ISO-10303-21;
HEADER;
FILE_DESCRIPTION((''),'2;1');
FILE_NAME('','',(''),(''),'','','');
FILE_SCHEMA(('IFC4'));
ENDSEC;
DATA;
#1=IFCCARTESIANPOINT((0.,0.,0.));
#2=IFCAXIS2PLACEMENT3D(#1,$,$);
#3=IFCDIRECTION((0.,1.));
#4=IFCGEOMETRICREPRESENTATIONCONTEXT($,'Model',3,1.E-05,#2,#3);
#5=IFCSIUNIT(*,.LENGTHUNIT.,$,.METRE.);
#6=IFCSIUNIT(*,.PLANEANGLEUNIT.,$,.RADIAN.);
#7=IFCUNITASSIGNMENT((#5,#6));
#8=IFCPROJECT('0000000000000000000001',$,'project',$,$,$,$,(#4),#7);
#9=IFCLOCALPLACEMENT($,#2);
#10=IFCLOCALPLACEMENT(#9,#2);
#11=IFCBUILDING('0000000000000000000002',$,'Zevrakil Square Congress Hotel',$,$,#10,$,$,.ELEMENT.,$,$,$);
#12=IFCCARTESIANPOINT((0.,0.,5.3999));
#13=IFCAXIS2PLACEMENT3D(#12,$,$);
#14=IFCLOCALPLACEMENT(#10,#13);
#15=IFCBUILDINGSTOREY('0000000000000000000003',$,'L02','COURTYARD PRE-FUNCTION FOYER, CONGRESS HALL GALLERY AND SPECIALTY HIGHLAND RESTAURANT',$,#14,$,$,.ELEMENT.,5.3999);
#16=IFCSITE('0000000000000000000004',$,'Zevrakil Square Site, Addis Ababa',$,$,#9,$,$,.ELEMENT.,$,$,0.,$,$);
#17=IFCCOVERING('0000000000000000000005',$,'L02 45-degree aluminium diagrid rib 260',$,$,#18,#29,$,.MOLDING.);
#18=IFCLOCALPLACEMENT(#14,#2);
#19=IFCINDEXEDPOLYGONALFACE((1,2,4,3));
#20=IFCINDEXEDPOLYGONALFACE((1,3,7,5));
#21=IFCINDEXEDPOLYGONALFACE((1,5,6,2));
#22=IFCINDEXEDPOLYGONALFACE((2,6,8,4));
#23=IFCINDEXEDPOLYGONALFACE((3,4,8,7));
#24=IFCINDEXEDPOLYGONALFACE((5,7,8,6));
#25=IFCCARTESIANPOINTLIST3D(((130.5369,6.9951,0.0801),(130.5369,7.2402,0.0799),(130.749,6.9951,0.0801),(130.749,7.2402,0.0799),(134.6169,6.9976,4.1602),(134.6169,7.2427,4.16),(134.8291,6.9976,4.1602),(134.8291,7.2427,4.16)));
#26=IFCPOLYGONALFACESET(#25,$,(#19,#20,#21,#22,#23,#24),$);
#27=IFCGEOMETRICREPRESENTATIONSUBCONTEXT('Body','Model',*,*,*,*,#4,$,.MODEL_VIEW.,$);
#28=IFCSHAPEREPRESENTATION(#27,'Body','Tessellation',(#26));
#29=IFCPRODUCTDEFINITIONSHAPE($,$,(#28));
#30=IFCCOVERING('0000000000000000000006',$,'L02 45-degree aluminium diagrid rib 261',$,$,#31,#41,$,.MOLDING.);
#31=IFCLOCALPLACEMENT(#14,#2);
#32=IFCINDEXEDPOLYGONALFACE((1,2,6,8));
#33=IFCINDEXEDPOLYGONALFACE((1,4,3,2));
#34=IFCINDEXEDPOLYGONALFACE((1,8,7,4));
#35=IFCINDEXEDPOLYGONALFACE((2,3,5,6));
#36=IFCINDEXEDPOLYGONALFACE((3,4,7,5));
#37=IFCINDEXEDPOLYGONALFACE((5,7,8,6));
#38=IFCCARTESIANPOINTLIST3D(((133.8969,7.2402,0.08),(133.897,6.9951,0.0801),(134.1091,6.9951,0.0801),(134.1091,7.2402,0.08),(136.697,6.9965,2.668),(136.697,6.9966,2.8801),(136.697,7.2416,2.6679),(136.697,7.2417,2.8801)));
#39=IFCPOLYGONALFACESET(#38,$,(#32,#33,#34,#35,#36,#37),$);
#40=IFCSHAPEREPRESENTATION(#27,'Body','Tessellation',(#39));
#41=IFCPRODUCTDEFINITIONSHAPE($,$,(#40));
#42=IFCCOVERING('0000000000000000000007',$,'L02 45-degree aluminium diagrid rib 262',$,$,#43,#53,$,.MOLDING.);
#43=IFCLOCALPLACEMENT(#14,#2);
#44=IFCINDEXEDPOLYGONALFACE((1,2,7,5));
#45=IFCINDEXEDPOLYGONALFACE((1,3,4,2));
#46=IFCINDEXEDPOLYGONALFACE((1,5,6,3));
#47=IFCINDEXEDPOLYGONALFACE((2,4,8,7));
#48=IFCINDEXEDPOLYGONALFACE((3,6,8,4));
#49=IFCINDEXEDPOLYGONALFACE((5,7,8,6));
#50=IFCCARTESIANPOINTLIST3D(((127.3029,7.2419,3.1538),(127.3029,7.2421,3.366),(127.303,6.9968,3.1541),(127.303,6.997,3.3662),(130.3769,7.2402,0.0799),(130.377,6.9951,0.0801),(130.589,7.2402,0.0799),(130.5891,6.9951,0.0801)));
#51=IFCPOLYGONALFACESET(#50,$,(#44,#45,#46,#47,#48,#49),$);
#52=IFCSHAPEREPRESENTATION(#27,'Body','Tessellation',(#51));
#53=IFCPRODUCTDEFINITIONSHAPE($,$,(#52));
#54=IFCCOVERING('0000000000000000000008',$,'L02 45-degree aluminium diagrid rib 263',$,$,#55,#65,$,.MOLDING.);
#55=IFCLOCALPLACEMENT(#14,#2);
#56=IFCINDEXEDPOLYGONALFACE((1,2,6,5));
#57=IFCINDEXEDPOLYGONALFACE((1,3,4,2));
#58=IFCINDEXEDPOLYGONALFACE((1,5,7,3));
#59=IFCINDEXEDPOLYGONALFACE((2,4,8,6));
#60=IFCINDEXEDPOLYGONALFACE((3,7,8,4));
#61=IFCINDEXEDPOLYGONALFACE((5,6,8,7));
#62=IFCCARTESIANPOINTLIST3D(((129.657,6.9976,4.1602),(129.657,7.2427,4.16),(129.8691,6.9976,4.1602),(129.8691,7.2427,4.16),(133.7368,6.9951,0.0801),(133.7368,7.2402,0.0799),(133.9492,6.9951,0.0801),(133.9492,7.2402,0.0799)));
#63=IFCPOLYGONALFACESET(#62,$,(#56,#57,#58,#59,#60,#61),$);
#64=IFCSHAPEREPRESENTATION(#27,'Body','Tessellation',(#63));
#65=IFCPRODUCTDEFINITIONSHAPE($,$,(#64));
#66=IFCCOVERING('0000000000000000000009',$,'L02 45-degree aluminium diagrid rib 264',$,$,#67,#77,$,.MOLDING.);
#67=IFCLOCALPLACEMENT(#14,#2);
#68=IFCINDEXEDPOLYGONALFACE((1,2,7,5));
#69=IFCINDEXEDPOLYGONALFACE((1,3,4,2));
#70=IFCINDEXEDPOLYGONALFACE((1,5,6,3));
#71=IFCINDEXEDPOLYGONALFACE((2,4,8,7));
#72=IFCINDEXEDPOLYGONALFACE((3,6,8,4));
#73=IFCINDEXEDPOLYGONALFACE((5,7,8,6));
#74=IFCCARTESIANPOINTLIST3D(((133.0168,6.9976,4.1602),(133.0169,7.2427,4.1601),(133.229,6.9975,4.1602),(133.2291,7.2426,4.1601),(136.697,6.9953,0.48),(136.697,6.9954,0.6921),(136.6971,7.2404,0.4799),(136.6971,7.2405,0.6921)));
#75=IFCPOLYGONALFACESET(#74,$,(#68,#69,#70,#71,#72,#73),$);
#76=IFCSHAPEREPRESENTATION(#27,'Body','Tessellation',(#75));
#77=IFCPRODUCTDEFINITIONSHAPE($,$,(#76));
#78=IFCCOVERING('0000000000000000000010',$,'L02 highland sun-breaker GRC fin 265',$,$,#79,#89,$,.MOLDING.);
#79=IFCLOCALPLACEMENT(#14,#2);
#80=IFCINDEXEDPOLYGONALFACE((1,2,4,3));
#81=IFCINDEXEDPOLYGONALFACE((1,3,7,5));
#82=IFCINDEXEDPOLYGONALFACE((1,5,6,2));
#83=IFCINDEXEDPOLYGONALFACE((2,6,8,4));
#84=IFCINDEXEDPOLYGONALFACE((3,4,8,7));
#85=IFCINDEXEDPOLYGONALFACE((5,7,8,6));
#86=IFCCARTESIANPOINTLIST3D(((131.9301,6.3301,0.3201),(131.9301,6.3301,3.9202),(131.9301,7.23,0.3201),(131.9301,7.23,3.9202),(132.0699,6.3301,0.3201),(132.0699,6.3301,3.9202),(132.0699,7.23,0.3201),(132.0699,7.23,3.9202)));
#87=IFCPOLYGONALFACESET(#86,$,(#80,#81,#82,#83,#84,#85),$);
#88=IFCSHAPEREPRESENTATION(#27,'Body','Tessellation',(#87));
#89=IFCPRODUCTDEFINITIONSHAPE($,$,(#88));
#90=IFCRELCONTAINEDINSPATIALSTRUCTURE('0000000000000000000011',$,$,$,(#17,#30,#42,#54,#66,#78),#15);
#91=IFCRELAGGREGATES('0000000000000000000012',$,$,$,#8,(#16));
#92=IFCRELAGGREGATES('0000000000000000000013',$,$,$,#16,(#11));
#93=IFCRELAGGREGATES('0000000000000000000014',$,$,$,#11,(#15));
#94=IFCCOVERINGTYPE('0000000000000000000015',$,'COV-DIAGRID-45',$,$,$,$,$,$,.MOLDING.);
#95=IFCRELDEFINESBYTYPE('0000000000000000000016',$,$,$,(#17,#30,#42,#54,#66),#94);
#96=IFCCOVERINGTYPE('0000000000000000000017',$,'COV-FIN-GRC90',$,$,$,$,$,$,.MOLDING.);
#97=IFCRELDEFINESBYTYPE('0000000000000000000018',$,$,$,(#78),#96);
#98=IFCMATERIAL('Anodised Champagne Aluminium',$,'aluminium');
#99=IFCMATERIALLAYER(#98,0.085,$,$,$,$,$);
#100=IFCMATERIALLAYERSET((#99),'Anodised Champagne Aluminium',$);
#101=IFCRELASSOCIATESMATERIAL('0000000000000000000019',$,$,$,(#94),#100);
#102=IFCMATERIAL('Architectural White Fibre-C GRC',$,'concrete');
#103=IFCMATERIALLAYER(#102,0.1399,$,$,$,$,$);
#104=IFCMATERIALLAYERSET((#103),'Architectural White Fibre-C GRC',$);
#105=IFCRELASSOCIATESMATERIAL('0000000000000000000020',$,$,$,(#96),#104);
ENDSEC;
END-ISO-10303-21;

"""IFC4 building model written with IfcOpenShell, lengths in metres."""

from ifc_helpers import new_model, si_unit, direction, frame, origin, origin_2d, place, context, subcontext, project, spatial, polyline, rectangle, outline, extrude, material, layer, layer_set, type_object, element, save


model = new_model("IFC4")

# Units and contexts
model_context = context("Model", 3, precision=1e-05, world=origin(), true_north=direction((0.0, 1.0)))
body_context = subcontext(model_context, "Body", "Model", "MODEL_VIEW")
ifc_project = project(units=[si_unit("LENGTHUNIT", "METRE"), si_unit("PLANEANGLEUNIT", "RADIAN")], contexts=[model_context])

# Site, building, storey
site_placement = place(None, origin())
site = spatial("IfcSite", under=ifc_project, at=site_placement, Name="Zevrakil Square Site, Addis Ababa", CompositionType="ELEMENT", RefElevation=0.0)
building_placement = place(site_placement, origin())
building = spatial("IfcBuilding", under=site, at=building_placement, Name="Zevrakil Square Congress Hotel", CompositionType="ELEMENT")
storey_placement = place(building_placement, frame((0.0, 0.0, 5.3999)))
storey = spatial("IfcBuildingStorey", under=building, at=storey_placement, Name="L02", Description="COURTYARD PRE-FUNCTION FOYER, CONGRESS HALL GALLERY AND SPECIALTY HIGHLAND RESTAURANT", CompositionType="ELEMENT", Elevation=5.3999)

# Coverings
ifc_material_1 = material(Name="Anodised Champagne Aluminium", Category="aluminium")
ifc_layer_1 = layer(ifc_material_1, 0.085)
ifc_layer_set_1 = layer_set([ifc_layer_1], Name="Anodised Champagne Aluminium")
covering_type_1 = type_object("IfcCoveringType", Name="COV-DIAGRID-45", PredefinedType="MOLDING", material=ifc_layer_set_1)
covering_1_placement = place(storey_placement, frame((130.749, 6.9951, 0.0801), z_axis=(0.0, -1.0, 0.000598), x_axis=(-1.0, 0.0, 0.0)))
element("IfcCovering", 1, at=covering_1_placement, inside=storey, type_object=covering_type_1, Name="L02 45-degree aluminium diagrid rib 260", PredefinedType="MOLDING", context=body_context, shape_type="SweptSolid", body=[
    extrude(outline(polyline([(0.0, 0.0), (0.2122, 0.0), (-3.8679, -4.0801), (-4.0801, -4.0801), (0.0, 0.0)])), origin(), (0.0, 0.0, -1.0), 0.2451),
])
covering_2_placement = place(storey_placement, frame((134.1091, 6.9951, 0.0801), z_axis=(0.000272, -1.0, 0.000272), x_axis=(-1.0, -0.000272, 0.0)))
element("IfcCovering", 2, at=covering_2_placement, inside=storey, type_object=covering_type_1, Name="L02 45-degree aluminium diagrid rib 261", PredefinedType="MOLDING", context=body_context, shape_type="SweptSolid", body=[
    extrude(outline(polyline([(0.0, 0.0), (0.2122, 0.0), (-2.5879, -2.8), (-2.5879, -2.5879), (0.0, 0.0)])), origin(), (0.0, 0.0, -1.0), 0.2451),
])
covering_3_placement = place(storey_placement, frame((127.303, 6.9968, 3.1541), z_axis=(0.000287, -1.0, 0.000863), x_axis=(0.0, 0.000863, 1.0)))
element("IfcCovering", 3, at=covering_3_placement, inside=storey, type_object=covering_type_1, Name="L02 45-degree aluminium diagrid rib 262", PredefinedType="MOLDING", context=body_context, shape_type="SweptSolid", body=[
    extrude(outline(polyline([(0.0, 0.0), (0.2122, 0.0), (-3.074, -3.2861), (-3.074, -3.074), (0.0, 0.0)])), origin(), (0.0, 0.0, -1.0), 0.2451),
])
covering_4_placement = place(storey_placement, frame((129.657, 6.9976, 4.1602), z_axis=(0.0, -1.0, 0.000598), x_axis=(1.0, 0.0, 0.0)))
element("IfcCovering", 4, at=covering_4_placement, inside=storey, type_object=covering_type_1, Name="L02 45-degree aluminium diagrid rib 263", PredefinedType="MOLDING", context=body_context, shape_type="SweptSolid", body=[
    extrude(outline(polyline([(0.0, 0.0), (0.2122, 0.0), (4.2922, -4.0801), (4.0798, -4.0801), (0.0, 0.0)])), origin(), (0.0, 0.0, -1.0), 0.2451),
])
covering_5_placement = place(storey_placement, frame((133.0168, 6.9976, 4.1602), z_axis=(-0.000307, -1.0, 0.000307), x_axis=(1.0, -0.000307, 0.0)))
element("IfcCovering", 5, at=covering_5_placement, inside=storey, type_object=covering_type_1, Name="L02 45-degree aluminium diagrid rib 264", PredefinedType="MOLDING", context=body_context, shape_type="SweptSolid", body=[
    extrude(outline(polyline([(0.0, 0.0), (0.2122, 0.0), (3.6802, -3.468), (3.6802, -3.6802), (0.0, 0.0)])), origin(), (0.0, 0.0, -1.0), 0.2451),
])
ifc_material_2 = material(Name="Architectural White Fibre-C GRC", Category="concrete")
ifc_layer_2 = layer(ifc_material_2, 0.1399)
ifc_layer_set_2 = layer_set([ifc_layer_2], Name="Architectural White Fibre-C GRC")
covering_type_2 = type_object("IfcCoveringType", Name="COV-FIN-GRC90", PredefinedType="MOLDING", material=ifc_layer_set_2)
covering_6_placement = place(storey_placement, frame((132.0, 6.78, 0.3201), z_axis=(0.0, 0.0, 1.0), x_axis=(0.0, -1.0, 0.0)))
element("IfcCovering", 6, at=covering_6_placement, inside=storey, type_object=covering_type_2, Name="L02 highland sun-breaker GRC fin 265", PredefinedType="MOLDING", context=body_context, shape_type="SweptSolid", body=[
    extrude(rectangle(XDim=0.8999, YDim=0.1399, at=origin_2d()), origin(), (0.0, 0.0, 1.0), 3.6001),
])

save(model, "model.ifc")
